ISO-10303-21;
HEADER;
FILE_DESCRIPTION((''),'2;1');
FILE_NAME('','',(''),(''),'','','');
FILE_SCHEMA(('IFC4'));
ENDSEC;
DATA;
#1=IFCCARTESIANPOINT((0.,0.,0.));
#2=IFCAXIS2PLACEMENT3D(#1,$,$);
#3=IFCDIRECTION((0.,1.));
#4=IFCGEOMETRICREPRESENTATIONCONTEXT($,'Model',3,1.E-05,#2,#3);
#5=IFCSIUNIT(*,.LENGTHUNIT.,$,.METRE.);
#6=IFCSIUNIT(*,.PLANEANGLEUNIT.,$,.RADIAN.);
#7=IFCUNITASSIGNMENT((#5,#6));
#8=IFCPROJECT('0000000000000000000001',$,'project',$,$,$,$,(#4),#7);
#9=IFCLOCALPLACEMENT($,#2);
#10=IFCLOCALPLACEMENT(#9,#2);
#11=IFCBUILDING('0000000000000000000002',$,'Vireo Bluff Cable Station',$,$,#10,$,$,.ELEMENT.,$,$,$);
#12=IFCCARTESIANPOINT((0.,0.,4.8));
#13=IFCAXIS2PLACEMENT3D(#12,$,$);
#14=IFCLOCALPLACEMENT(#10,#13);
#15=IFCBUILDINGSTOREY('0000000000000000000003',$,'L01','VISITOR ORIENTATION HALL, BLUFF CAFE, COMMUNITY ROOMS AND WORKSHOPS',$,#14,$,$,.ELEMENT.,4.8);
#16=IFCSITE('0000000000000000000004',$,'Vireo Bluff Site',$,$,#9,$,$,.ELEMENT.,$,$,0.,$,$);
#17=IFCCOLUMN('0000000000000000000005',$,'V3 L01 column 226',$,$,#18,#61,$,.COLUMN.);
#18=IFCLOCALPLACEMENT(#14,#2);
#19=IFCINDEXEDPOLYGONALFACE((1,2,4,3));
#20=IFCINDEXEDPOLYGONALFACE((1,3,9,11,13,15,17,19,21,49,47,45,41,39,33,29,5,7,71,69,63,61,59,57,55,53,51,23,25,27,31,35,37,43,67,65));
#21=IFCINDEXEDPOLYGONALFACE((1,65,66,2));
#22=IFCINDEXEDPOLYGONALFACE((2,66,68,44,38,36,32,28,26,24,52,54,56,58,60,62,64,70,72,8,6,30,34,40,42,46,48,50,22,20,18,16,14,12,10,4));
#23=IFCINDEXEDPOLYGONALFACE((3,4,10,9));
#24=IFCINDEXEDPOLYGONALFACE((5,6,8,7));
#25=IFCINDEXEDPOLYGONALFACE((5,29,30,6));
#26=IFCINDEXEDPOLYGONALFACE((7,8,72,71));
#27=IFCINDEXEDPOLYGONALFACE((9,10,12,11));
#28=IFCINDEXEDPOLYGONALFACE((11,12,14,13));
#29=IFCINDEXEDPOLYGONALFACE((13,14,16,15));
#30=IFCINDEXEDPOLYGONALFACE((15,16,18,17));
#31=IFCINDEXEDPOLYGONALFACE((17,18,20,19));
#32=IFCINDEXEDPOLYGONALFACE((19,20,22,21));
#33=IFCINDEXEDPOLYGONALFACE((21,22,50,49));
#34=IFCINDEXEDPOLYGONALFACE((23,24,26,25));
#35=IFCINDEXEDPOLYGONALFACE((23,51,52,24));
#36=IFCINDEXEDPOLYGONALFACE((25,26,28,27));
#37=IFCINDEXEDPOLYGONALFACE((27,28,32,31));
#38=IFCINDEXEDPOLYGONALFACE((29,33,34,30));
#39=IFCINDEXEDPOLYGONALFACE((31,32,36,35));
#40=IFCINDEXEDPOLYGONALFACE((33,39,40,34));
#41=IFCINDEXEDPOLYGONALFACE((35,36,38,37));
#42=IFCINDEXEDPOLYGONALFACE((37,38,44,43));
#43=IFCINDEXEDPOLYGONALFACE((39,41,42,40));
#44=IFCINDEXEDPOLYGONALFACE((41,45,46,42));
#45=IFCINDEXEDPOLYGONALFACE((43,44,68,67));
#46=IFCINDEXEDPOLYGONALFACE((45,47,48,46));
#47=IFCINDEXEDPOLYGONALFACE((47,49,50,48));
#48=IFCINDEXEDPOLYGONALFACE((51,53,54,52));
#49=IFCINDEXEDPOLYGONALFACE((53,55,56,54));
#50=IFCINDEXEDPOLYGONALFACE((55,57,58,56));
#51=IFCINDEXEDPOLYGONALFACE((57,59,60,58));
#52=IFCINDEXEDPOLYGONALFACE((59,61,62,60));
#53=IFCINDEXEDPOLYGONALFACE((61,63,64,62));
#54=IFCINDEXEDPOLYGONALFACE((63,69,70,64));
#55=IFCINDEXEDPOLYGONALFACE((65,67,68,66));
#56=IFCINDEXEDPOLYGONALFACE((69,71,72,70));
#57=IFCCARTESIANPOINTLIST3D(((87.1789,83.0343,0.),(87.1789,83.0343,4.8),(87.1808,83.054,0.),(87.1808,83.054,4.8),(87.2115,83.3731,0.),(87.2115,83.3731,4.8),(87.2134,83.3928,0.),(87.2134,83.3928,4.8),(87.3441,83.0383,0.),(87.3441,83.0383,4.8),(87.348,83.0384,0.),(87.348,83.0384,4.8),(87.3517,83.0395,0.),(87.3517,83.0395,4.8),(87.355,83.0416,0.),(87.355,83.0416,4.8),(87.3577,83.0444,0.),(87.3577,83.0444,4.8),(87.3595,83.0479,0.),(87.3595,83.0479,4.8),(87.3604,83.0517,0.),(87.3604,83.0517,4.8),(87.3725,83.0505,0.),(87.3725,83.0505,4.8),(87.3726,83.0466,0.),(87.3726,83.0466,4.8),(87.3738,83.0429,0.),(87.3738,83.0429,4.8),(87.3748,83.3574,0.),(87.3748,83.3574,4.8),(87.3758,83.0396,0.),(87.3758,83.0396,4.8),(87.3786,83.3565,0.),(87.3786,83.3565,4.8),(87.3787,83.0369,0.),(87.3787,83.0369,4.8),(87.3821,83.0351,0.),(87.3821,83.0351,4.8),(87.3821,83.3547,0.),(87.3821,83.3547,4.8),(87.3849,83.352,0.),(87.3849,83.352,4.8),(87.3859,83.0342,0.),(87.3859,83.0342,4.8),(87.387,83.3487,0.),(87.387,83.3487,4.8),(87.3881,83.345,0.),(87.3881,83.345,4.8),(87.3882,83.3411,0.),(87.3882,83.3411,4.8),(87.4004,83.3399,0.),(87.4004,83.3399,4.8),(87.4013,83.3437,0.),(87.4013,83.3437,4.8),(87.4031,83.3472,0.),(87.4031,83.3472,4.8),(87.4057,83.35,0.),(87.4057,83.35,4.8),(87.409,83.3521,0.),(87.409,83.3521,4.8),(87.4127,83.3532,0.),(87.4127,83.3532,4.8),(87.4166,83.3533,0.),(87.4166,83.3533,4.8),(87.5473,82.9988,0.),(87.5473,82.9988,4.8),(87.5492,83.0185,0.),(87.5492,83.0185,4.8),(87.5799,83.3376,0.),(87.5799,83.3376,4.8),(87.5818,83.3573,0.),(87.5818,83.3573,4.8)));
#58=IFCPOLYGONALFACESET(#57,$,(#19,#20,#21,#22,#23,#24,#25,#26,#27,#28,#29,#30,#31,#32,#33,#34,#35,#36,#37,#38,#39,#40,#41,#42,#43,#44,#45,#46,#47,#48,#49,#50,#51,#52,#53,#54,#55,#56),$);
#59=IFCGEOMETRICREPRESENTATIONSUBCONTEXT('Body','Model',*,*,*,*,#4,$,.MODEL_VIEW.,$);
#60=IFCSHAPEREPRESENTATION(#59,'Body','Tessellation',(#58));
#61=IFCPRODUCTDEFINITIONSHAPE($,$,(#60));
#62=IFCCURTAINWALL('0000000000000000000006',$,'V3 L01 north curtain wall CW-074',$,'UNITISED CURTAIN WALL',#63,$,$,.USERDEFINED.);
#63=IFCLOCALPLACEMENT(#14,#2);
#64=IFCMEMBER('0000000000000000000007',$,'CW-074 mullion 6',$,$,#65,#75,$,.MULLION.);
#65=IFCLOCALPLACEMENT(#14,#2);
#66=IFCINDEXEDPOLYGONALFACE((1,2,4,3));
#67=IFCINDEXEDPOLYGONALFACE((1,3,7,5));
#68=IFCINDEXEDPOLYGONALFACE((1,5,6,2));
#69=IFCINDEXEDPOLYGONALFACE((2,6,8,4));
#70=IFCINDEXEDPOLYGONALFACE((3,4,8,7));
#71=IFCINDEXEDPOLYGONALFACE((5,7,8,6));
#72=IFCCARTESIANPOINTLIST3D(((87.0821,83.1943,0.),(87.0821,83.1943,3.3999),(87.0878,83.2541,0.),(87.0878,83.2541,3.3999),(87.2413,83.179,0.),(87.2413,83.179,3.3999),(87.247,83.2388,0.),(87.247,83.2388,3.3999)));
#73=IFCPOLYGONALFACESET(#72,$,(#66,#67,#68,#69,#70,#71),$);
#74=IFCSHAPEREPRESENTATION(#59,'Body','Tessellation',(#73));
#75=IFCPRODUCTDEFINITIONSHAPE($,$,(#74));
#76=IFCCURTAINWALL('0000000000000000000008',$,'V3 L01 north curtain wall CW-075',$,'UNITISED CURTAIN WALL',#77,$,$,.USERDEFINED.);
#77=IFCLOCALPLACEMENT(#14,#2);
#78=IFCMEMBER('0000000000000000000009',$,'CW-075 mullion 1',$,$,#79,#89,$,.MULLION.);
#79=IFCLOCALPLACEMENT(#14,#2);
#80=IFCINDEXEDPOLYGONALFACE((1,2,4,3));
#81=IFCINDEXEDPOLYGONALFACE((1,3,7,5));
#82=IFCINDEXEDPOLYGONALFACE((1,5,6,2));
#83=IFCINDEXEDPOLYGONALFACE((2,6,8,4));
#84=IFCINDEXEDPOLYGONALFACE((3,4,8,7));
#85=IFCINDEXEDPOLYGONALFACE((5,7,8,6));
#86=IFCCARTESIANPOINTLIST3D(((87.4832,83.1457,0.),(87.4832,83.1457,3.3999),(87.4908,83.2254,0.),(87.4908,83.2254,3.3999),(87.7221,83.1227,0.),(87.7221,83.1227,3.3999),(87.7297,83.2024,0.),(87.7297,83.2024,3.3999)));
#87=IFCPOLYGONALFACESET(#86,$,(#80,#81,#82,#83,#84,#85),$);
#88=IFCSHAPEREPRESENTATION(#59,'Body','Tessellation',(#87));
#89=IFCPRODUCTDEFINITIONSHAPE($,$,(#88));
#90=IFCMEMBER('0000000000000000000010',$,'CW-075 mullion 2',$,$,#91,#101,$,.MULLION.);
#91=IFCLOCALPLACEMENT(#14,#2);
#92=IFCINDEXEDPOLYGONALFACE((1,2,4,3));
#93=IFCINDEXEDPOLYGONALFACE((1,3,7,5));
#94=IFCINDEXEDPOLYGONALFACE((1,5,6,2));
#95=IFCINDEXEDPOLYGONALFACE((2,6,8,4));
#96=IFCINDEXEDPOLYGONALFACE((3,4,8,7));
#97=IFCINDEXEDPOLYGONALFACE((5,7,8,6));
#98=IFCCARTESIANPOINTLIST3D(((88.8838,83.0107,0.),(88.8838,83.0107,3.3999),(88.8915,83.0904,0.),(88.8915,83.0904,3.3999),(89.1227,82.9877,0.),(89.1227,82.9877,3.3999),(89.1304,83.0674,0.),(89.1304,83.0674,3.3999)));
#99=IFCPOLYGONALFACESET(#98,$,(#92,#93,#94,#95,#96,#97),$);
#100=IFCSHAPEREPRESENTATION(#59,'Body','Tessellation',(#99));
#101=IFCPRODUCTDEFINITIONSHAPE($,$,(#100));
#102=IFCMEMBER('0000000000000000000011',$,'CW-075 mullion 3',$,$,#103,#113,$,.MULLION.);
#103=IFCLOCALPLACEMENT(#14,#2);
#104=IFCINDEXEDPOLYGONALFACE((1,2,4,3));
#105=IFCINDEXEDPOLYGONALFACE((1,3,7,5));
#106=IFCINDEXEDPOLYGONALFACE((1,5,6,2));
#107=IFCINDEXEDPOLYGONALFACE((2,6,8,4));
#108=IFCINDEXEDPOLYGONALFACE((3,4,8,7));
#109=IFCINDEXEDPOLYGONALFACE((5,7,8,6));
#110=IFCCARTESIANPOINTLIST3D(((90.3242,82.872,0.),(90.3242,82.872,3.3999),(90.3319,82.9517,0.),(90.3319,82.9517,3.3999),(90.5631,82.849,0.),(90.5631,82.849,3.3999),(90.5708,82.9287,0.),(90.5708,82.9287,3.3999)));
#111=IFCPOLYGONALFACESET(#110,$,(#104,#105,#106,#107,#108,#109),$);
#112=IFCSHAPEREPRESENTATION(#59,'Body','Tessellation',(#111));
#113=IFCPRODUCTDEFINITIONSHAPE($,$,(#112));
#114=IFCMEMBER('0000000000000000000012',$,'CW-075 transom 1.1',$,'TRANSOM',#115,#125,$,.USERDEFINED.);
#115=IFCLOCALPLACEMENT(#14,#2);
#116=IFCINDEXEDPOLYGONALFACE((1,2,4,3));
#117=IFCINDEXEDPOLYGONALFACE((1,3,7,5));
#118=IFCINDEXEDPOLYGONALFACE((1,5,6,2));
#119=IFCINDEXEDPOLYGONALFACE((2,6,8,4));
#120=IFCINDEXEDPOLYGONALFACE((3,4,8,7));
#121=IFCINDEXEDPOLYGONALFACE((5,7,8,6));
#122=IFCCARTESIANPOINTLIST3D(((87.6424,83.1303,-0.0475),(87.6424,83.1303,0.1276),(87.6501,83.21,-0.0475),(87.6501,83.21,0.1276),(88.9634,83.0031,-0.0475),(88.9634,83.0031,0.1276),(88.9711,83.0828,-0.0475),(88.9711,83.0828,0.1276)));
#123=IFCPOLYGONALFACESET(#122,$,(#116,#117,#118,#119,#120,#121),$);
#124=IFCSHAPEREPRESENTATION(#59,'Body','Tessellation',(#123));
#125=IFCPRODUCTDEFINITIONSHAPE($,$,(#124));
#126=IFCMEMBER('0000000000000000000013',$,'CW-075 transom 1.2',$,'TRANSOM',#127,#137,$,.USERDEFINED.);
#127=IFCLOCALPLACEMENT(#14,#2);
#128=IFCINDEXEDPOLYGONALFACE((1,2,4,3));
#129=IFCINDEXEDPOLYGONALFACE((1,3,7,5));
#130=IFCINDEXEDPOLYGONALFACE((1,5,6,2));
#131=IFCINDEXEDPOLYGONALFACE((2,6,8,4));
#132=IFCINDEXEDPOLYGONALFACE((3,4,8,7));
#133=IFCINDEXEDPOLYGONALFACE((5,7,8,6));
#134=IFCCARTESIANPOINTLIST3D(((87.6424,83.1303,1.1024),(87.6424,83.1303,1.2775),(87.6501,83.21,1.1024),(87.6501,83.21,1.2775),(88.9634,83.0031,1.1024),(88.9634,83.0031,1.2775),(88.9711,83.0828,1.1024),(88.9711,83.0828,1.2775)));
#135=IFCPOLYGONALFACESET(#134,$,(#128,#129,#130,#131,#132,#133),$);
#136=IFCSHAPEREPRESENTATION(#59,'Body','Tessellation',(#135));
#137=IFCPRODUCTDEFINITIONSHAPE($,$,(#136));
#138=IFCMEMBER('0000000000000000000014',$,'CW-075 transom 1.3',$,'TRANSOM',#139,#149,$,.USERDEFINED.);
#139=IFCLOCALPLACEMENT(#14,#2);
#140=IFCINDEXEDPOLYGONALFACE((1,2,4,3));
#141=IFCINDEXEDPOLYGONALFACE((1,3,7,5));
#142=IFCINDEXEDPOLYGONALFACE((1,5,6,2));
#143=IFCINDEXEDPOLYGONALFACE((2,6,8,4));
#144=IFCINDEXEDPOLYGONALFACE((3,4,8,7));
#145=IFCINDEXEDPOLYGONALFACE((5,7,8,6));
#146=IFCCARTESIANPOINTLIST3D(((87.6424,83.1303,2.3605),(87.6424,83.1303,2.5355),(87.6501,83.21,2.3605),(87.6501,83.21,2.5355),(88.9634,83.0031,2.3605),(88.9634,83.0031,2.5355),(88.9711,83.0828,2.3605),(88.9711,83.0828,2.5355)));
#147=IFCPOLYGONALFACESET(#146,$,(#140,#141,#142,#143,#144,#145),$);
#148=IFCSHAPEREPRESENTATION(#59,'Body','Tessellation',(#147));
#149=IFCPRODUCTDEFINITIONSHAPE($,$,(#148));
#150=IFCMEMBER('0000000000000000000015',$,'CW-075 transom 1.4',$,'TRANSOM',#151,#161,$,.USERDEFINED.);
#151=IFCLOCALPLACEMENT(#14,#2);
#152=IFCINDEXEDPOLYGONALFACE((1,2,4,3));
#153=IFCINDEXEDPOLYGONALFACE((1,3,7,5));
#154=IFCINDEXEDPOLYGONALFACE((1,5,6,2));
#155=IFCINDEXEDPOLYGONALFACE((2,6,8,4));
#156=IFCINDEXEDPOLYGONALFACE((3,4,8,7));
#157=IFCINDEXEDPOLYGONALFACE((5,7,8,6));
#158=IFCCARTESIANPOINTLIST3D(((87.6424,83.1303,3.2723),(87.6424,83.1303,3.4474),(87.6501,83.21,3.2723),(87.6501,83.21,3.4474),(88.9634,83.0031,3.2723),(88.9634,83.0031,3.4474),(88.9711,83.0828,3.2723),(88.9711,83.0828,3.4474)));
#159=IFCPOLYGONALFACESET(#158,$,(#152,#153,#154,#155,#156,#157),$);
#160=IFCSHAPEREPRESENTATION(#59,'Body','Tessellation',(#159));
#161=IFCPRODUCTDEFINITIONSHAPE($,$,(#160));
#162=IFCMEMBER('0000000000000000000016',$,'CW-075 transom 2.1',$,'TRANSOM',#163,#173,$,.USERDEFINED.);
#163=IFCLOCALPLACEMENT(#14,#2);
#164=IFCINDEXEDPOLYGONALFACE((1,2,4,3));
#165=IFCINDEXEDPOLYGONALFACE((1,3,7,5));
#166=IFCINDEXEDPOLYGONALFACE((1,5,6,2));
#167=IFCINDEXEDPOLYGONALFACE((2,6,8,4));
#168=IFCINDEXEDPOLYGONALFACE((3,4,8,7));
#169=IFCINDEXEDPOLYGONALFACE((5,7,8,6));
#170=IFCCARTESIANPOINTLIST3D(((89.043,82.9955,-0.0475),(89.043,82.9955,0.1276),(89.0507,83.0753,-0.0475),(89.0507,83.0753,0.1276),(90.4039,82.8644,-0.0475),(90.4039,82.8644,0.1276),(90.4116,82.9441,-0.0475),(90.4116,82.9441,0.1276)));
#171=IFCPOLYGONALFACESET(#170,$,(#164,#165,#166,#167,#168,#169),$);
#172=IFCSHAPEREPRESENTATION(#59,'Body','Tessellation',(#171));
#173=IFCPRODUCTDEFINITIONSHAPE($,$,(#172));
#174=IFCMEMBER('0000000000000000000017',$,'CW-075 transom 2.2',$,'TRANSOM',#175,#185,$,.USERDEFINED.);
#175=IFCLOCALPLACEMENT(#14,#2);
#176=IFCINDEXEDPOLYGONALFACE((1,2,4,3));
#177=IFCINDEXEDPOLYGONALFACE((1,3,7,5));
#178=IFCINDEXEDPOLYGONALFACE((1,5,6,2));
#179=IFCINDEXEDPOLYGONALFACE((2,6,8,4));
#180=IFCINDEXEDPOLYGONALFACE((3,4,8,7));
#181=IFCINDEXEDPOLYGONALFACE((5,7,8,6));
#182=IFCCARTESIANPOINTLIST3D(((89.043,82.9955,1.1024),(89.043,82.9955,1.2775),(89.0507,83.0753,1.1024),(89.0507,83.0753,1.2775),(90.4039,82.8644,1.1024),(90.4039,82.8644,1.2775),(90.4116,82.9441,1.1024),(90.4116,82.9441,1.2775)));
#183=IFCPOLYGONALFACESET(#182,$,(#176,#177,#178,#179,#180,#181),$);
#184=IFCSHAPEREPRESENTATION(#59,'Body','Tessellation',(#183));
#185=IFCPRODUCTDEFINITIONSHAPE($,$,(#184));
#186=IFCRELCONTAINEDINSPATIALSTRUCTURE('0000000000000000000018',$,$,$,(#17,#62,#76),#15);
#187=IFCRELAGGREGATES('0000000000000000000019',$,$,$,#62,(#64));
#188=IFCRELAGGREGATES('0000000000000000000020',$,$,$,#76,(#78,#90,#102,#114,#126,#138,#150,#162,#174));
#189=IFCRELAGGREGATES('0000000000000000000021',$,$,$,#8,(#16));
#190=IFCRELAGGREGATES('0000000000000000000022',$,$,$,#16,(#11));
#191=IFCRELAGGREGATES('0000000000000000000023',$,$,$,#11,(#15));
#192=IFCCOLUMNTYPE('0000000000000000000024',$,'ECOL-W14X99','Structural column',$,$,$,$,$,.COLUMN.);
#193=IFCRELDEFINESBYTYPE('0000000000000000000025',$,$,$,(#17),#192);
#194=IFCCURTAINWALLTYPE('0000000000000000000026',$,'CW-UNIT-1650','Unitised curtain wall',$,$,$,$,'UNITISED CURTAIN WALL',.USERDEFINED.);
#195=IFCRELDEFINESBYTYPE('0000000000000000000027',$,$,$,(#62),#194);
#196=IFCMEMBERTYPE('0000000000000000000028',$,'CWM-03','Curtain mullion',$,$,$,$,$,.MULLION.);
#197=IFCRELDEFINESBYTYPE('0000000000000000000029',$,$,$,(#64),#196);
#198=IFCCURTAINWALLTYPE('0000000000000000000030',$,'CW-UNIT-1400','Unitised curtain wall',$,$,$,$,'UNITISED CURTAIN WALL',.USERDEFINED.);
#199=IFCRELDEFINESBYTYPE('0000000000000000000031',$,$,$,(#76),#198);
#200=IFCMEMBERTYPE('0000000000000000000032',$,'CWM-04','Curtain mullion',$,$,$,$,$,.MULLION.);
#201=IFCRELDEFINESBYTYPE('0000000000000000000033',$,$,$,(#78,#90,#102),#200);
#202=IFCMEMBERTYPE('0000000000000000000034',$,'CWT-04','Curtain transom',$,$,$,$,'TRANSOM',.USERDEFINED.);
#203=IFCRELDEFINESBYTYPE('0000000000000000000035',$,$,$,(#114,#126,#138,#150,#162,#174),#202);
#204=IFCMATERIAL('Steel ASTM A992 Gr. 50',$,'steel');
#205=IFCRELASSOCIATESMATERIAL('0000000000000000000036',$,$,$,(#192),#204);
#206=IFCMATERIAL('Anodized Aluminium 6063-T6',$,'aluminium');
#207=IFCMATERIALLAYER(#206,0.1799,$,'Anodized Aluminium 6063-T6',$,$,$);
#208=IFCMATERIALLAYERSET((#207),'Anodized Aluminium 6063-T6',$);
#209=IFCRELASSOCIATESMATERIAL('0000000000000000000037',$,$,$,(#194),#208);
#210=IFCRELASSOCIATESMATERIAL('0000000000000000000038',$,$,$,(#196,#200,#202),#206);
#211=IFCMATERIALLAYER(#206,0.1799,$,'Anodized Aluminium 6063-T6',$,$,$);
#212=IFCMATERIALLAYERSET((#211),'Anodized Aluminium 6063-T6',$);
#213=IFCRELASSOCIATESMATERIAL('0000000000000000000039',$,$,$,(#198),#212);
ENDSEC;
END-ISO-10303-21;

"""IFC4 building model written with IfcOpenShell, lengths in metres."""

from ifc_helpers import new_model, si_unit, direction, frame, origin, origin_2d, place, context, subcontext, project, spatial, rectangle, i_section, extrude, material, layer, layer_set, material_profile, profile_set, type_object, element, aggregate, save


model = new_model("IFC4")

# Units and contexts
model_context = context("Model", 3, precision=1e-05, world=origin(), true_north=direction((0.0, 1.0)))
body_context = subcontext(model_context, "Body", "Model", "MODEL_VIEW")
ifc_project = project(units=[si_unit("LENGTHUNIT", "METRE"), si_unit("PLANEANGLEUNIT", "RADIAN")], contexts=[model_context])

# Site, building, storey
site_placement = place(None, origin())
site = spatial("IfcSite", under=ifc_project, at=site_placement, Name="Vireo Bluff Site", CompositionType="ELEMENT", RefElevation=0.0)
building_placement = place(site_placement, origin())
building = spatial("IfcBuilding", under=site, at=building_placement, Name="Vireo Bluff Cable Station", CompositionType="ELEMENT")
storey_placement = place(building_placement, frame((0.0, 0.0, 4.8)))
storey = spatial("IfcBuildingStorey", under=building, at=storey_placement, Name="L01", Description="VISITOR ORIENTATION HALL, BLUFF CAFE, COMMUNITY ROOMS AND WORKSHOPS", CompositionType="ELEMENT", Elevation=4.8)

# Column
ifc_material_1 = material(Name="Steel ASTM A992 Gr. 50", Category="steel")
ifc_material_profile_1 = material_profile(ifc_material_1, i_section(OverallWidth=0.3701, OverallDepth=0.3601, WebThickness=0.0122, FlangeThickness=0.0198, FilletRadius=0.0149, at=origin_2d()), Name="W14X99")
ifc_profile_set_1 = profile_set([ifc_material_profile_1], Name="Steel ASTM A992 Gr. 50")
column_type = type_object("IfcColumnType", Name="ECOL-W14X99", Description="Structural column", PredefinedType="COLUMN", material=ifc_profile_set_1)
column_placement = place(storey_placement, frame((87.3804, 83.1958, 0.0), z_axis=(0.0, 0.0, 1.0), x_axis=(0.995396, -0.095846, 0.0)))
element("IfcColumn", 1, at=column_placement, inside=storey, type_object=column_type, Name="V3 L01 column 226", PredefinedType="COLUMN", context=body_context, shape_type="SweptSolid", body=[
    extrude(i_section(OverallWidth=0.3701, OverallDepth=0.3601, WebThickness=0.0122, FlangeThickness=0.0198, FilletRadius=0.0149, at=origin_2d()), origin(), (0.0, 0.0, 1.0), 4.8),
])

# Curtain wall, member
ifc_material_2 = material(Name="Anodized Aluminium 6063-T6", Category="aluminium")
ifc_layer_1 = layer(ifc_material_2, 0.1799, Name="Anodized Aluminium 6063-T6")
ifc_layer_set_1 = layer_set([ifc_layer_1], Name="Anodized Aluminium 6063-T6")
curtain_wall_type_1 = type_object("IfcCurtainWallType", Name="CW-UNIT-1650", Description="Unitised curtain wall", ElementType="UNITISED CURTAIN WALL", PredefinedType="USERDEFINED", material=ifc_layer_set_1)
curtain_wall_1_placement = place(storey_placement, origin())
curtain_wall_1 = element("IfcCurtainWall", 2, at=curtain_wall_1_placement, inside=storey, type_object=curtain_wall_type_1, Name="V3 L01 north curtain wall CW-074", ObjectType="UNITISED CURTAIN WALL", PredefinedType="USERDEFINED")
ifc_material_profile_2 = material_profile(ifc_material_2, rectangle(XDim=0.0601, YDim=0.1599, at=origin_2d()), Name="ALU-M-60X160")
ifc_profile_set_2 = profile_set([ifc_material_profile_2], Name="Anodized Aluminium 6063-T6")
member_type_1 = type_object("IfcMemberType", Name="CWM-03", Description="Curtain mullion", PredefinedType="MULLION", material=ifc_profile_set_2)
member_1_placement = place(storey_placement, frame((87.1646, 83.2166, 0.0), z_axis=(0.0, 0.0, 1.0), x_axis=(0.095846, 0.995396, 0.0)))
member_1 = element("IfcMember", 3, at=member_1_placement, type_object=member_type_1, Name="CW-074 mullion 6", PredefinedType="MULLION", context=body_context, shape_type="SweptSolid", body=[
    extrude(rectangle(XDim=0.0601, YDim=0.1599, at=origin_2d()), origin(), (0.0, 0.0, 1.0), 3.3999),
])
aggregate(curtain_wall_1, [member_1])

# Curtain wall, members
ifc_layer_2 = layer(ifc_material_2, 0.1799, Name="Anodized Aluminium 6063-T6")
ifc_layer_set_2 = layer_set([ifc_layer_2], Name="Anodized Aluminium 6063-T6")
curtain_wall_type_2 = type_object("IfcCurtainWallType", Name="CW-UNIT-1400", Description="Unitised curtain wall", ElementType="UNITISED CURTAIN WALL", PredefinedType="USERDEFINED", material=ifc_layer_set_2)
curtain_wall_2_placement = place(storey_placement, origin())
curtain_wall_2 = element("IfcCurtainWall", 4, at=curtain_wall_2_placement, inside=storey, type_object=curtain_wall_type_2, Name="V3 L01 north curtain wall CW-075", ObjectType="UNITISED CURTAIN WALL", PredefinedType="USERDEFINED")
ifc_material_profile_3 = material_profile(ifc_material_2, rectangle(XDim=0.0801, YDim=0.24, at=origin_2d()), Name="ALU-M-80X240")
ifc_profile_set_3 = profile_set([ifc_material_profile_3], Name="Anodized Aluminium 6063-T6")
member_type_2 = type_object("IfcMemberType", Name="CWM-04", Description="Curtain mullion", PredefinedType="MULLION", material=ifc_profile_set_3)
member_2_placement = place(storey_placement, frame((87.6064, 83.1741, 0.0), z_axis=(0.0, 0.0, 1.0), x_axis=(0.095846, 0.995396, 0.0)))
member_2 = element("IfcMember", 5, at=member_2_placement, type_object=member_type_2, Name="CW-075 mullion 1", PredefinedType="MULLION", context=body_context, shape_type="SweptSolid", body=[
    extrude(rectangle(XDim=0.0801, YDim=0.24, at=origin_2d()), origin(), (0.0, 0.0, 1.0), 3.3999),
])
member_3_placement = place(storey_placement, frame((89.0071, 83.0391, 0.0), z_axis=(0.0, 0.0, 1.0), x_axis=(0.095846, 0.995396, 0.0)))
member_3 = element("IfcMember", 6, at=member_3_placement, type_object=member_type_2, Name="CW-075 mullion 2", PredefinedType="MULLION", context=body_context, shape_type="SweptSolid", body=[
    extrude(rectangle(XDim=0.0801, YDim=0.24, at=origin_2d()), origin(), (0.0, 0.0, 1.0), 3.3999),
])
member_4_placement = place(storey_placement, frame((90.4475, 82.9004, 0.0), z_axis=(0.0, 0.0, 1.0), x_axis=(0.095846, 0.995396, 0.0)))
member_4 = element("IfcMember", 7, at=member_4_placement, type_object=member_type_2, Name="CW-075 mullion 3", PredefinedType="MULLION", context=body_context, shape_type="SweptSolid", body=[
    extrude(rectangle(XDim=0.0801, YDim=0.24, at=origin_2d()), origin(), (0.0, 0.0, 1.0), 3.3999),
])
ifc_material_profile_4 = material_profile(ifc_material_2, rectangle(XDim=0.0801, YDim=0.175, at=origin_2d()), Name="ALU-T-80X175")
ifc_profile_set_4 = profile_set([ifc_material_profile_4], Name="Anodized Aluminium 6063-T6")
member_type_3 = type_object("IfcMemberType", Name="CWT-04", Description="Curtain transom", ElementType="TRANSOM", PredefinedType="USERDEFINED", material=ifc_profile_set_4)
member_5_placement = place(storey_placement, frame((87.6462, 83.1702, 0.04), z_axis=(0.995397, -0.095842, 0.0), x_axis=(0.095842, 0.995397, 0.0)))
member_5 = element("IfcMember", 8, at=member_5_placement, type_object=member_type_3, Name="CW-075 transom 1.1", ObjectType="TRANSOM", PredefinedType="USERDEFINED", context=body_context, shape_type="SweptSolid", body=[
    extrude(rectangle(XDim=0.0801, YDim=0.175, at=origin_2d()), origin(), (0.0, 0.0, 1.0), 1.3271),
])
member_6_placement = place(storey_placement, frame((87.6462, 83.1702, 1.1899), z_axis=(0.995397, -0.095842, 0.0), x_axis=(0.095842, 0.995397, 0.0)))
member_6 = element("IfcMember", 9, at=member_6_placement, type_object=member_type_3, Name="CW-075 transom 1.2", ObjectType="TRANSOM", PredefinedType="USERDEFINED", context=body_context, shape_type="SweptSolid", body=[
    extrude(rectangle(XDim=0.0801, YDim=0.175, at=origin_2d()), origin(), (0.0, 0.0, 1.0), 1.3271),
])
member_7_placement = place(storey_placement, frame((87.6462, 83.1702, 2.448), z_axis=(0.995397, -0.095842, 0.0), x_axis=(0.095842, 0.995397, 0.0)))
member_7 = element("IfcMember", 10, at=member_7_placement, type_object=member_type_3, Name="CW-075 transom 1.3", ObjectType="TRANSOM", PredefinedType="USERDEFINED", context=body_context, shape_type="SweptSolid", body=[
    extrude(rectangle(XDim=0.0801, YDim=0.175, at=origin_2d()), origin(), (0.0, 0.0, 1.0), 1.3271),
])
member_8_placement = place(storey_placement, frame((87.6462, 83.1702, 3.3599), z_axis=(0.995397, -0.095842, 0.0), x_axis=(0.095842, 0.995397, 0.0)))
member_8 = element("IfcMember", 11, at=member_8_placement, type_object=member_type_3, Name="CW-075 transom 1.4", ObjectType="TRANSOM", PredefinedType="USERDEFINED", context=body_context, shape_type="SweptSolid", body=[
    extrude(rectangle(XDim=0.0801, YDim=0.175, at=origin_2d()), origin(), (0.0, 0.0, 1.0), 1.3271),
])
member_9_placement = place(storey_placement, frame((89.0469, 83.0354, 0.04), z_axis=(0.995391, -0.095896, 0.0), x_axis=(0.095896, 0.995391, 0.0)))
member_9 = element("IfcMember", 12, at=member_9_placement, type_object=member_type_3, Name="CW-075 transom 2.1", ObjectType="TRANSOM", PredefinedType="USERDEFINED", context=body_context, shape_type="SweptSolid", body=[
    extrude(rectangle(XDim=0.0801, YDim=0.175, at=origin_2d()), origin(), (0.0, 0.0, 1.0), 1.3672),
])
member_10_placement = place(storey_placement, frame((89.0469, 83.0354, 1.1899), z_axis=(0.995391, -0.095896, 0.0), x_axis=(0.095896, 0.995391, 0.0)))
member_10 = element("IfcMember", 13, at=member_10_placement, type_object=member_type_3, Name="CW-075 transom 2.2", ObjectType="TRANSOM", PredefinedType="USERDEFINED", context=body_context, shape_type="SweptSolid", body=[
    extrude(rectangle(XDim=0.0801, YDim=0.175, at=origin_2d()), origin(), (0.0, 0.0, 1.0), 1.3672),
])

aggregate(curtain_wall_2, [member_2, member_3, member_4, member_5, member_6, member_7, member_8, member_9, member_10])

save(model, "model.ifc")
